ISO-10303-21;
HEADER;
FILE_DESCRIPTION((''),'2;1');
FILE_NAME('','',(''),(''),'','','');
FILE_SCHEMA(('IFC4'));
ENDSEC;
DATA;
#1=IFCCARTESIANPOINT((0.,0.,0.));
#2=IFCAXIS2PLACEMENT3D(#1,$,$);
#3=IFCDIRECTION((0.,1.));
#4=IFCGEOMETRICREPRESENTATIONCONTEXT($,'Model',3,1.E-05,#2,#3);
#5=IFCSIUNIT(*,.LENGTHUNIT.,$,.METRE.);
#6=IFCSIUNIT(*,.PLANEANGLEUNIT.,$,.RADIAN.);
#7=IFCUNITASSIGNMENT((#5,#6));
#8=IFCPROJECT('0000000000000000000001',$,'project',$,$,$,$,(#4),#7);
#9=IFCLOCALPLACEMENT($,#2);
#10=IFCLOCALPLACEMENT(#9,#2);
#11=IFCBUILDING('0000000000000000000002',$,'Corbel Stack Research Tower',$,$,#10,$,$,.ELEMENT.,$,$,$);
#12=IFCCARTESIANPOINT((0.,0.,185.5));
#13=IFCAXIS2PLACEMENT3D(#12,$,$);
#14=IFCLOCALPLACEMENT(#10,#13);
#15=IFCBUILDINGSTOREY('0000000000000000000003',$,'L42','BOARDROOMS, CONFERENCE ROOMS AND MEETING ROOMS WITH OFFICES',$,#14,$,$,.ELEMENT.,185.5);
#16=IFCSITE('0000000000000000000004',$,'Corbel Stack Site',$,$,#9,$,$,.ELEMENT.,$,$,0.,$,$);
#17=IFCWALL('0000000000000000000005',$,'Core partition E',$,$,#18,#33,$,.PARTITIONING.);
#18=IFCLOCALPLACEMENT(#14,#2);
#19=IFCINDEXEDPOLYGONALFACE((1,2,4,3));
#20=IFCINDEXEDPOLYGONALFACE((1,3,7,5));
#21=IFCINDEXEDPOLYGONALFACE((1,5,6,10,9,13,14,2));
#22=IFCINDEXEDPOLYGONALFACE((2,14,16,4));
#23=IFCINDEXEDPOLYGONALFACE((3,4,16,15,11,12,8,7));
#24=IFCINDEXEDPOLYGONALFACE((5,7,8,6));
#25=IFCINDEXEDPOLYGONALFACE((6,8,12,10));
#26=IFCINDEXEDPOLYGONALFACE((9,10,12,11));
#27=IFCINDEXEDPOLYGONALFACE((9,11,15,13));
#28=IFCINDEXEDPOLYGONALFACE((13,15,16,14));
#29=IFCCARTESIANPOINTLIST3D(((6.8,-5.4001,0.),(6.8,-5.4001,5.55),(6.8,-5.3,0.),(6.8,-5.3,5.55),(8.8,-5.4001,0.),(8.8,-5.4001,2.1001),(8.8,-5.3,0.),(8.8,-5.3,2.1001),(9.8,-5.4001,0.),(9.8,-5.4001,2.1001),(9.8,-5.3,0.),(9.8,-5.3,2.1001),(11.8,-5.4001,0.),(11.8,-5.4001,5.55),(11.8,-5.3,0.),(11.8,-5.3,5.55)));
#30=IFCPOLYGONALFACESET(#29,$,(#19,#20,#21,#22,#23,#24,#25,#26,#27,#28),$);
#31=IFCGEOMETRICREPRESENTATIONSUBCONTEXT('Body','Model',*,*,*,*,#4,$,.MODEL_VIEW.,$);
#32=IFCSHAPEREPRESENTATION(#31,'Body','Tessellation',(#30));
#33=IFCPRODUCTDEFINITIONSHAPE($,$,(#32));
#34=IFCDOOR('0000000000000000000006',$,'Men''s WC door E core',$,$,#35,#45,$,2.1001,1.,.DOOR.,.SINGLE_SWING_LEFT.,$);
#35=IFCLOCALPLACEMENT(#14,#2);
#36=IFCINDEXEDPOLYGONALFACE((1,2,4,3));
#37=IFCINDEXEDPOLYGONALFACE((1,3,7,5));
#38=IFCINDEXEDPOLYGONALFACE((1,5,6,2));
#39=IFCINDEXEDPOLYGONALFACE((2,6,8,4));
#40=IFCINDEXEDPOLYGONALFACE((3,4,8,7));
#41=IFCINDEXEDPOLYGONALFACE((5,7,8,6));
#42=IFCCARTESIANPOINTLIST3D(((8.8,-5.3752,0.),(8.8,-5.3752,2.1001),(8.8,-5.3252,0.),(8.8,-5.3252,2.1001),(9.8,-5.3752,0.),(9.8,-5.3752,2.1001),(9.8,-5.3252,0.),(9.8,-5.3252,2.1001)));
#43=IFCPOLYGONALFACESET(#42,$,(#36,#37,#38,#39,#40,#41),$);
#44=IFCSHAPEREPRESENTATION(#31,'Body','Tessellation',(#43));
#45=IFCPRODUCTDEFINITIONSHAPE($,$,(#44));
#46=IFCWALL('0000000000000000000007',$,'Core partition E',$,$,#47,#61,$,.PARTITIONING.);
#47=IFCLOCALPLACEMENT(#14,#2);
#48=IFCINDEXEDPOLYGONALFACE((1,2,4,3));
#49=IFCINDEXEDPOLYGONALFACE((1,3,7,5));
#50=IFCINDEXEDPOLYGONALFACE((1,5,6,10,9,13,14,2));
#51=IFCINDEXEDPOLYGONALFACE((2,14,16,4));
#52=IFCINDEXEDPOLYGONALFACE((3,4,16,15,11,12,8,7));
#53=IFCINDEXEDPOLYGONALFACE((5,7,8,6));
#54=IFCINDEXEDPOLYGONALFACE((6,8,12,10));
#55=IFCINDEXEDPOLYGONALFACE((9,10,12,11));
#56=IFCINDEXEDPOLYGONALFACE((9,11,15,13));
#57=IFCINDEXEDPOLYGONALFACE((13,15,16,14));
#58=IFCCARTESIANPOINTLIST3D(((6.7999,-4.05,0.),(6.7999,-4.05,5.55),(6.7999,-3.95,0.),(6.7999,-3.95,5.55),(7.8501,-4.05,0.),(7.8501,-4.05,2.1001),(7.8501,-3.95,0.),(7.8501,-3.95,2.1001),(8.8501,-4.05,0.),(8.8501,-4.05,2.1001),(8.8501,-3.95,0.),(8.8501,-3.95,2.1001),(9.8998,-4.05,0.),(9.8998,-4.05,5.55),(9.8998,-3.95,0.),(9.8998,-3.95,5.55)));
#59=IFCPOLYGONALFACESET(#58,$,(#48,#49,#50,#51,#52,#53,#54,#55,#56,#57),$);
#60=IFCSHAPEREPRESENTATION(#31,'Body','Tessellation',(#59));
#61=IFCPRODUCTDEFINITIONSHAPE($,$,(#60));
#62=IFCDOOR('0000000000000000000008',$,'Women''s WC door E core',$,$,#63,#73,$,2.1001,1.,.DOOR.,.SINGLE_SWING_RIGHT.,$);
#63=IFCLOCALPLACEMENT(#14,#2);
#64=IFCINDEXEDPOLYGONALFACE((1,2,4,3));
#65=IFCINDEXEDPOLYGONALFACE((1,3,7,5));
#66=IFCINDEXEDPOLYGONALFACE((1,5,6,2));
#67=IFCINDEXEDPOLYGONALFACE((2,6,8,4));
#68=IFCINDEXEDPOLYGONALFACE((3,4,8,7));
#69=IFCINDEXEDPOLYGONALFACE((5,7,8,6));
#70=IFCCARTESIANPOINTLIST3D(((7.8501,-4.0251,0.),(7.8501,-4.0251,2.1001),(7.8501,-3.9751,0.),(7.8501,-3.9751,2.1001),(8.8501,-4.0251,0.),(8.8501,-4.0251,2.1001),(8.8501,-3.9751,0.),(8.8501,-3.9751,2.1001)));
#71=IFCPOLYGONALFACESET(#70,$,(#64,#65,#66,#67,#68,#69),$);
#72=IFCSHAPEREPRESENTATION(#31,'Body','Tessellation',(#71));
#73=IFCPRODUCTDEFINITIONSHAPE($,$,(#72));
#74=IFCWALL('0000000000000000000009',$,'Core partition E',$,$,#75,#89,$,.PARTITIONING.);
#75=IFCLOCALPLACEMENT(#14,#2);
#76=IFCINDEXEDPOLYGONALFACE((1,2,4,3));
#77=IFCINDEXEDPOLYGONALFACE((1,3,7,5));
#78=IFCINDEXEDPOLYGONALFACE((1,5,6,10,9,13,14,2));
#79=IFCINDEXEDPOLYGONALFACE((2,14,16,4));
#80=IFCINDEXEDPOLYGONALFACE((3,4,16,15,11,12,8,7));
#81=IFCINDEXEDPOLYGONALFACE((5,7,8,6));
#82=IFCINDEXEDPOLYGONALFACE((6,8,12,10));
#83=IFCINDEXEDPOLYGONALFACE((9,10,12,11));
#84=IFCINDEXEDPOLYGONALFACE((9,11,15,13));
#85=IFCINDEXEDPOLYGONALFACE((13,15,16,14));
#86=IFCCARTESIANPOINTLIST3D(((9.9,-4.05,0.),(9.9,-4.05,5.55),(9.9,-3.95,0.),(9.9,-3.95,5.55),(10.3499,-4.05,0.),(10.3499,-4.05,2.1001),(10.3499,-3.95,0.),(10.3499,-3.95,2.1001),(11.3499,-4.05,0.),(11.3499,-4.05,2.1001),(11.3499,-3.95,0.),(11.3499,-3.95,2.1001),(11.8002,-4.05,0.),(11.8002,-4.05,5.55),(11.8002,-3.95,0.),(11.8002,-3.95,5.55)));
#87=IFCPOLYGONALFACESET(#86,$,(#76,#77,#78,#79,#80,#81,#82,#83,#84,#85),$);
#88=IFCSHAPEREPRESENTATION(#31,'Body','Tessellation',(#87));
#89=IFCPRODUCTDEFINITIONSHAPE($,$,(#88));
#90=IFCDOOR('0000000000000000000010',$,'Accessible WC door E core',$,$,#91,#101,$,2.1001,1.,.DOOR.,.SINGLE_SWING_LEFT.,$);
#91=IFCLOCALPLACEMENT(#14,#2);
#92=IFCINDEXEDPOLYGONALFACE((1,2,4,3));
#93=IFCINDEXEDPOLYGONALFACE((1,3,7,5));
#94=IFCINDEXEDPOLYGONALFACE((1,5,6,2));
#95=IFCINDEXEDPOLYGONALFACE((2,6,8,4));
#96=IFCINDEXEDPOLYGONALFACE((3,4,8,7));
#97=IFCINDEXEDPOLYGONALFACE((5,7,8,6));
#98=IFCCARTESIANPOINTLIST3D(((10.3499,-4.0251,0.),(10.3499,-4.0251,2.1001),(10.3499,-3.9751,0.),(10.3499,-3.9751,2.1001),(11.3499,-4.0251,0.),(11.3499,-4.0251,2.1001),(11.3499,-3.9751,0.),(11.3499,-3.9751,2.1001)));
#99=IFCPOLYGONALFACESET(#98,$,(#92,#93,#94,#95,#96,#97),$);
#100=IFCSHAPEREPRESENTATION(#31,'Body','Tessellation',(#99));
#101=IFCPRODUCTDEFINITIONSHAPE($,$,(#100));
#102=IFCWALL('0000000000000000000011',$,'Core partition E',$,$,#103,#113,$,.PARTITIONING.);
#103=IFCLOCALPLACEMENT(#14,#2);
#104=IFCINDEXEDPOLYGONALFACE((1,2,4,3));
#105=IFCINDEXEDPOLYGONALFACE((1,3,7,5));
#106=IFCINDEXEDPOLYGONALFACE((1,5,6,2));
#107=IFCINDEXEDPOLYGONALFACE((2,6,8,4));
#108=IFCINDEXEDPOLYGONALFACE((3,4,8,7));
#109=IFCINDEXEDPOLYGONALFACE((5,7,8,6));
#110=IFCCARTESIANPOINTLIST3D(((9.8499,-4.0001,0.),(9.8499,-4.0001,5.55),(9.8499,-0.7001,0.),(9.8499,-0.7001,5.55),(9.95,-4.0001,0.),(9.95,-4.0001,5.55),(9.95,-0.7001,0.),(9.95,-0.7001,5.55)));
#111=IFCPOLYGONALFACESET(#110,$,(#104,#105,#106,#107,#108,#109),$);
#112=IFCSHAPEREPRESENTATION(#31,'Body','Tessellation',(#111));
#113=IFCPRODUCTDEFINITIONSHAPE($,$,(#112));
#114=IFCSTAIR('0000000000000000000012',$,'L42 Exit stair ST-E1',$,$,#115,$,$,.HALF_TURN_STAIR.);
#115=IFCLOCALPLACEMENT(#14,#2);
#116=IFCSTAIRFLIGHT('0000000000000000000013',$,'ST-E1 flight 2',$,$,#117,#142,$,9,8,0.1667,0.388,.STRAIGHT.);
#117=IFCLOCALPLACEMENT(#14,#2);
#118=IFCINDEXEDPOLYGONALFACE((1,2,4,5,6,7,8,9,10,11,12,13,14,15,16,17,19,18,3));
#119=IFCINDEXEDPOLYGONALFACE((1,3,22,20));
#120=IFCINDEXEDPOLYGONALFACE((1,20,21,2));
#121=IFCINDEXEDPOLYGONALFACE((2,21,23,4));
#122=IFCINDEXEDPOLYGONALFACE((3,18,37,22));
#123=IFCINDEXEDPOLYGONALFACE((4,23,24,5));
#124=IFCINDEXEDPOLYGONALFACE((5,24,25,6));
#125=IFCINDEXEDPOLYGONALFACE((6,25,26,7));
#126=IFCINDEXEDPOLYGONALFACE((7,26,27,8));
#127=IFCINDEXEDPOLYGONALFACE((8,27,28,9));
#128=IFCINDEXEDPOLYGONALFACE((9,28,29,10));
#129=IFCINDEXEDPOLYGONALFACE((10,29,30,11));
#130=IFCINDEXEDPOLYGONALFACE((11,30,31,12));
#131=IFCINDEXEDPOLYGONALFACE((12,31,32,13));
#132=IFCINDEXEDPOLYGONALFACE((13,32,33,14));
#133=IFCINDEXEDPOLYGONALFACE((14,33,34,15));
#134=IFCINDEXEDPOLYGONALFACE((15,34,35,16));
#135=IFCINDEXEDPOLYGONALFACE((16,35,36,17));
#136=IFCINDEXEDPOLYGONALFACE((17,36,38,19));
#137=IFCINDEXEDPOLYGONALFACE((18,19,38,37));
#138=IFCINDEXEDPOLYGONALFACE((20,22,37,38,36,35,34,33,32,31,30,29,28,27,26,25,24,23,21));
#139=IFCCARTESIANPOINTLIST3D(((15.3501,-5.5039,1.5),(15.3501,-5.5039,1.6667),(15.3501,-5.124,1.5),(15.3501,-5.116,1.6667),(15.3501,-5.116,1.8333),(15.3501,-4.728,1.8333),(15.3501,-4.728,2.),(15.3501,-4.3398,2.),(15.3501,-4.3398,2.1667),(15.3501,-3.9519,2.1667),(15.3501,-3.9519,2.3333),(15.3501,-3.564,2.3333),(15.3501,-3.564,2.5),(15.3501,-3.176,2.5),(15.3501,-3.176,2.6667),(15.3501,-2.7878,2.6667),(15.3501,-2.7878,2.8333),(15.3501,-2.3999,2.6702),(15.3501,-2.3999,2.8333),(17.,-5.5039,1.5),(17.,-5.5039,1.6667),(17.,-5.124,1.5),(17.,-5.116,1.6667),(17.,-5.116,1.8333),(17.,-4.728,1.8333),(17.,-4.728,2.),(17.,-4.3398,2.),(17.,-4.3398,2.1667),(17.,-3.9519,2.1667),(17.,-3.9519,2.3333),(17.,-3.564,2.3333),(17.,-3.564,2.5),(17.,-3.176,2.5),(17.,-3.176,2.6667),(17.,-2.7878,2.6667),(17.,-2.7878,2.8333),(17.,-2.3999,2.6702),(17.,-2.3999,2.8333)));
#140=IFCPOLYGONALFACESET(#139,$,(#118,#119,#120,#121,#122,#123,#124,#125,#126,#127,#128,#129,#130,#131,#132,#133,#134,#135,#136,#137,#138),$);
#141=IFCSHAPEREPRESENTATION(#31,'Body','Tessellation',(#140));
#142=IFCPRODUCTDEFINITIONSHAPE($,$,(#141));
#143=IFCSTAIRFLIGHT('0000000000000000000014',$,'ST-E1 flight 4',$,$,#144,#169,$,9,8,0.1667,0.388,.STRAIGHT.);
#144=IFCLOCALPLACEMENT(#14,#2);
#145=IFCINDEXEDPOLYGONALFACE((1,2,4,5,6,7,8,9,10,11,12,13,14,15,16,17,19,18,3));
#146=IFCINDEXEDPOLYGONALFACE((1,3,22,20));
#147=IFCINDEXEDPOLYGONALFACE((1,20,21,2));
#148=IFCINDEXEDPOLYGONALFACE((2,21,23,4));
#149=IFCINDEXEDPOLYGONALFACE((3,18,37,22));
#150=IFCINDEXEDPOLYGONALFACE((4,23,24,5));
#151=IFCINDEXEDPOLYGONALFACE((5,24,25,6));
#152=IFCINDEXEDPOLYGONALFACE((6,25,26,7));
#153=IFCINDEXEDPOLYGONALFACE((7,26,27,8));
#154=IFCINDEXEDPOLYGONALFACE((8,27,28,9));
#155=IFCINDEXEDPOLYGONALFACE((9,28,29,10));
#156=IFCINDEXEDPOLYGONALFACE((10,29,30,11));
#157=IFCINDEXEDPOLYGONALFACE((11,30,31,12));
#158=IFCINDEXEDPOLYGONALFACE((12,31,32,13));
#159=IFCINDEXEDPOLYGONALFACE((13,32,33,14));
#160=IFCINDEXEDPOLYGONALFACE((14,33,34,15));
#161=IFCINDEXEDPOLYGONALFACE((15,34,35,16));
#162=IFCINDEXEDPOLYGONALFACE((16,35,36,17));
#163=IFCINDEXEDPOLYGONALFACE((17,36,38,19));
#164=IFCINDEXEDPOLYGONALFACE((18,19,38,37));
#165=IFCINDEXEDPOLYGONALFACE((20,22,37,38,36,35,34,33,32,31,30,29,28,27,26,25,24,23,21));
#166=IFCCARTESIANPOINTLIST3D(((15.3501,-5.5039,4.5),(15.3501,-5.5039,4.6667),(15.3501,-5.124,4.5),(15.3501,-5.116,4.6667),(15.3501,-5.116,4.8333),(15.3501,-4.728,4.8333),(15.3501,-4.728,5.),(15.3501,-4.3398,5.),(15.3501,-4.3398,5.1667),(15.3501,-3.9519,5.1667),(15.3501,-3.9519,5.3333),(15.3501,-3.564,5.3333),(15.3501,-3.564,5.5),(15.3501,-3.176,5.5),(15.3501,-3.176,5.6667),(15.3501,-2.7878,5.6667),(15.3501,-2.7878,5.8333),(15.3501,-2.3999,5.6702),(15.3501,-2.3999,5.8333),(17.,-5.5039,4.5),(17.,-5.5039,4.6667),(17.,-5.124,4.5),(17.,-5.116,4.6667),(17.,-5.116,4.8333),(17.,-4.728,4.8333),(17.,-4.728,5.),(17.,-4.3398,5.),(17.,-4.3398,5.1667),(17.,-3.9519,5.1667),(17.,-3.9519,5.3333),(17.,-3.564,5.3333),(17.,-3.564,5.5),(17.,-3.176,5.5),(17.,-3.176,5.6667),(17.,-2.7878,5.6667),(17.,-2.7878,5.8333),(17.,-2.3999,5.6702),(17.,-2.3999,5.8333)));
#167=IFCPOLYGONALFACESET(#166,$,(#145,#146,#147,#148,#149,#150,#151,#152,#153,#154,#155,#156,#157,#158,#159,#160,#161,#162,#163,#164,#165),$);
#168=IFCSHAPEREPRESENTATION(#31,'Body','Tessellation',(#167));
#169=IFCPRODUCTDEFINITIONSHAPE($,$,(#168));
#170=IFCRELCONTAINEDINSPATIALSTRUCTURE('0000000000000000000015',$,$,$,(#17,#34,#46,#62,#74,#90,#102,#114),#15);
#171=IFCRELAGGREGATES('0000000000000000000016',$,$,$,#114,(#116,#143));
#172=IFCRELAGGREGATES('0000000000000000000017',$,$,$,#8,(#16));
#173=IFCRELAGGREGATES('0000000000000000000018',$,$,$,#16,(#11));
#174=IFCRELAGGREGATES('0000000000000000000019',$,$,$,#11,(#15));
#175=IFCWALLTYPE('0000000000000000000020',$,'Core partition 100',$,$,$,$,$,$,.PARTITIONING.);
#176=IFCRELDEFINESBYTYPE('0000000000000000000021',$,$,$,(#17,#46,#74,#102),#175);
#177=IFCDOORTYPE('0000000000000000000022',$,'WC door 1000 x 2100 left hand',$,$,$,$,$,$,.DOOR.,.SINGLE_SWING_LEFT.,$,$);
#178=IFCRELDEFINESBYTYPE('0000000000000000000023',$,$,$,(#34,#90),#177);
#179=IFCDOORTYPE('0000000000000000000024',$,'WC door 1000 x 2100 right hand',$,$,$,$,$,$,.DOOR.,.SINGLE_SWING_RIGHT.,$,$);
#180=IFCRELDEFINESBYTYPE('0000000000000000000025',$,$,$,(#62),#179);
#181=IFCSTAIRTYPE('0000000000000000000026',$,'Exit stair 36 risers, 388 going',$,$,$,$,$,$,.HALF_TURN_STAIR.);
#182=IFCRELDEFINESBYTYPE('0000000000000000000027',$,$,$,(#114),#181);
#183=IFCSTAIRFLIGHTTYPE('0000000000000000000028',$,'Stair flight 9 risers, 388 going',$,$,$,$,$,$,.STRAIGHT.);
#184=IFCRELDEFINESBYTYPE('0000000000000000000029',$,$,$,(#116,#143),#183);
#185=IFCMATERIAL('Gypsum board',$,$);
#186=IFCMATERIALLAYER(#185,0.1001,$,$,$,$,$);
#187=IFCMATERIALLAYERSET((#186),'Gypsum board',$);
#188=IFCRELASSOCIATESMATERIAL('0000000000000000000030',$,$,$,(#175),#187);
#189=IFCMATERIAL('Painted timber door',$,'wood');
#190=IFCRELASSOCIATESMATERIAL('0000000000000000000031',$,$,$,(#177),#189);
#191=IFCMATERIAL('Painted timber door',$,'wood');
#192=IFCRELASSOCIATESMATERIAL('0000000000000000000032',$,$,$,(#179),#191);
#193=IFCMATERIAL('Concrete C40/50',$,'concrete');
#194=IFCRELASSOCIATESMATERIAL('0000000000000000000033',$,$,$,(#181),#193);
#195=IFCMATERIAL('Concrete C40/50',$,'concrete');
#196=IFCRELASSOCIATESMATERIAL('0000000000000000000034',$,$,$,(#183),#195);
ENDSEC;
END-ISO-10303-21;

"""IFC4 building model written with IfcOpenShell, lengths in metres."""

from ifc_helpers import new_model, si_unit, direction, frame, frame_2d, origin, place, context, subcontext, project, spatial, polyline, rectangle, outline, extrude, material, layer, layer_set, type_object, element, fill, aggregate, save


model = new_model("IFC4")

# Units and contexts
model_context = context("Model", 3, precision=1e-05, world=origin(), true_north=direction((0.0, 1.0)))
body_context = subcontext(model_context, "Body", "Model", "MODEL_VIEW")
ifc_project = project(units=[si_unit("LENGTHUNIT", "METRE"), si_unit("PLANEANGLEUNIT", "RADIAN")], contexts=[model_context])

# Site, building, storey
site_placement = place(None, origin())
site = spatial("IfcSite", under=ifc_project, at=site_placement, Name="Corbel Stack Site", CompositionType="ELEMENT", RefElevation=0.0)
building_placement = place(site_placement, origin())
building = spatial("IfcBuilding", under=site, at=building_placement, Name="Corbel Stack Research Tower", CompositionType="ELEMENT")
storey_placement = place(building_placement, frame((0.0, 0.0, 185.5)))
storey = spatial("IfcBuildingStorey", under=building, at=storey_placement, Name="L42", Description="BOARDROOMS, CONFERENCE ROOMS AND MEETING ROOMS WITH OFFICES", CompositionType="ELEMENT", Elevation=185.5)

# Walls, openings, doors
ifc_material_1 = material(Name="Gypsum board")
ifc_layer = layer(ifc_material_1, 0.1001)
ifc_layer_set = layer_set([ifc_layer], Name="Gypsum board")
wall_type = type_object("IfcWallType", Name="Core partition 100", PredefinedType="PARTITIONING", material=ifc_layer_set)
wall_1_placement = place(storey_placement, frame((6.8, -5.3501, 0.0), z_axis=(0.0, 0.0, 1.0), x_axis=(1.0, 0.0, 0.0)))
wall_1 = element("IfcWall", 1, at=wall_1_placement, inside=storey, type_object=wall_type, Name="Core partition E", PredefinedType="PARTITIONING", context=body_context, shape_type="SweptSolid", body=[
    extrude(rectangle(XDim=5.0, YDim=0.1001, at=frame_2d((2.5, 0.0))), origin(), (0.0, 0.0, 1.0), 5.55),
])
opening_1_placement = place(wall_1_placement, frame((2.0, 0.0, 0.0)))
opening_1 = element("IfcOpeningElement", 2, at=opening_1_placement, cuts=wall_1, PredefinedType="OPENING", context=body_context, shape_type="SweptSolid", body=[
    extrude(rectangle(XDim=1.0, YDim=2.1001, at=frame_2d((0.5, 1.05))), frame((0.0, 0.0601, 0.0), z_axis=(0.0, -1.0, 0.0), x_axis=(1.0, 0.0, 0.0)), (0.0, 0.0, 1.0), 0.1201),
])
ifc_material_2 = material(Name="Painted timber door", Category="wood")
door_type_1 = type_object("IfcDoorType", Name="WC door 1000 x 2100 left hand", OperationType="SINGLE_SWING_LEFT", PredefinedType="DOOR", material=ifc_material_2)
door_1_placement = place(opening_1_placement, origin())
door_1 = element("IfcDoor", 3, at=door_1_placement, inside=storey, type_object=door_type_1, Name="Men's WC door E core", OperationType="SINGLE_SWING_LEFT", OverallHeight=2.1001, OverallWidth=1.0, PredefinedType="DOOR", context=body_context, shape_type="SweptSolid", body=[
    extrude(rectangle(XDim=1.0, YDim=2.1001, at=frame_2d((0.5, 1.05))), frame((0.0, 0.0249, 0.0), z_axis=(0.0, -1.0, 0.0), x_axis=(1.0, 0.0, 0.0)), (0.0, 0.0, 1.0), 0.05),
])
fill(opening_1, door_1)
wall_2_placement = place(storey_placement, frame((6.8, -4.0, 0.0), z_axis=(0.0, 0.0, 1.0), x_axis=(1.0, 0.0, 0.0)))
wall_2 = element("IfcWall", 4, at=wall_2_placement, inside=storey, type_object=wall_type, Name="Core partition E", PredefinedType="PARTITIONING", context=body_context, shape_type="SweptSolid", body=[
    extrude(rectangle(XDim=3.0999, YDim=0.1001, at=frame_2d((1.5498, 0.0))), origin(), (0.0, 0.0, 1.0), 5.55),
])
opening_2_placement = place(wall_2_placement, frame((1.05, 0.0, 0.0)))
opening_2 = element("IfcOpeningElement", 5, at=opening_2_placement, cuts=wall_2, PredefinedType="OPENING", context=body_context, shape_type="SweptSolid", body=[
    extrude(rectangle(XDim=1.0, YDim=2.1001, at=frame_2d((0.5, 1.05))), frame((0.0, 0.0601, 0.0), z_axis=(0.0, -1.0, 0.0), x_axis=(1.0, 0.0, 0.0)), (0.0, 0.0, 1.0), 0.1201),
])
ifc_material_3 = material(Name="Painted timber door", Category="wood")
door_type_2 = type_object("IfcDoorType", Name="WC door 1000 x 2100 right hand", OperationType="SINGLE_SWING_RIGHT", PredefinedType="DOOR", material=ifc_material_3)
door_2_placement = place(opening_2_placement, origin())
door_2 = element("IfcDoor", 6, at=door_2_placement, inside=storey, type_object=door_type_2, Name="Women's WC door E core", OperationType="SINGLE_SWING_RIGHT", OverallHeight=2.1001, OverallWidth=1.0, PredefinedType="DOOR", context=body_context, shape_type="SweptSolid", body=[
    extrude(rectangle(XDim=1.0, YDim=2.1001, at=frame_2d((0.5, 1.05))), frame((0.0, 0.0249, 0.0), z_axis=(0.0, -1.0, 0.0), x_axis=(1.0, 0.0, 0.0)), (0.0, 0.0, 1.0), 0.05),
])
fill(opening_2, door_2)
wall_3_placement = place(storey_placement, frame((9.8999, -4.0, 0.0), z_axis=(0.0, 0.0, 1.0), x_axis=(1.0, 0.0, 0.0)))
wall_3 = element("IfcWall", 7, at=wall_3_placement, inside=storey, type_object=wall_type, Name="Core partition E", PredefinedType="PARTITIONING", context=body_context, shape_type="SweptSolid", body=[
    extrude(rectangle(XDim=1.9001, YDim=0.1001, at=frame_2d((0.9502, 0.0))), origin(), (0.0, 0.0, 1.0), 5.55),
])
opening_3_placement = place(wall_3_placement, frame((0.45, 0.0, 0.0)))
opening_3 = element("IfcOpeningElement", 8, at=opening_3_placement, cuts=wall_3, PredefinedType="OPENING", context=body_context, shape_type="SweptSolid", body=[
    extrude(rectangle(XDim=1.0, YDim=2.1001, at=frame_2d((0.5, 1.05))), frame((0.0, 0.0601, 0.0), z_axis=(0.0, -1.0, 0.0), x_axis=(1.0, 0.0, 0.0)), (0.0, 0.0, 1.0), 0.1201),
])
door_3_placement = place(opening_3_placement, origin())
door_3 = element("IfcDoor", 9, at=door_3_placement, inside=storey, type_object=door_type_1, Name="Accessible WC door E core", OperationType="SINGLE_SWING_LEFT", OverallHeight=2.1001, OverallWidth=1.0, PredefinedType="DOOR", context=body_context, shape_type="SweptSolid", body=[
    extrude(rectangle(XDim=1.0, YDim=2.1001, at=frame_2d((0.5, 1.05))), frame((0.0, 0.0249, 0.0), z_axis=(0.0, -1.0, 0.0), x_axis=(1.0, 0.0, 0.0)), (0.0, 0.0, 1.0), 0.05),
])
fill(opening_3, door_3)

# Wall
wall_4_placement = place(storey_placement, frame((9.8999, -4.0, 0.0), z_axis=(0.0, 0.0, 1.0), x_axis=(0.0, 1.0, 0.0)))
element("IfcWall", 10, at=wall_4_placement, inside=storey, type_object=wall_type, Name="Core partition E", PredefinedType="PARTITIONING", context=body_context, shape_type="SweptSolid", body=[
    extrude(rectangle(XDim=3.3, YDim=0.1001, at=frame_2d((1.6499, 0.0))), origin(), (0.0, 0.0, 1.0), 5.55),
])

# Stair, stair flights
ifc_material_4 = material(Name="Concrete C40/50", Category="concrete")
stair_type = type_object("IfcStairType", Name="Exit stair 36 risers, 388 going", PredefinedType="HALF_TURN_STAIR", material=ifc_material_4)
stair_placement = place(storey_placement, origin())
stair = element("IfcStair", 11, at=stair_placement, inside=storey, type_object=stair_type, Name="L42 Exit stair ST-E1", PredefinedType="HALF_TURN_STAIR")
ifc_material_5 = material(Name="Concrete C40/50", Category="concrete")
stair_flight_type = type_object("IfcStairFlightType", Name="Stair flight 9 risers, 388 going", PredefinedType="STRAIGHT", material=ifc_material_5)
stair_flight_1_placement = place(storey_placement, frame((16.175, -5.5039, 1.5), z_axis=(0.0, 0.0, 1.0), x_axis=(0.0, 1.0, 0.0)))
stair_flight_1 = element("IfcStairFlight", 12, at=stair_flight_1_placement, type_object=stair_flight_type, Name="ST-E1 flight 2", NumberOfRisers=9, NumberOfTreads=8, PredefinedType="STRAIGHT", RiserHeight=0.1667, TreadLength=0.388, context=body_context, shape_type="SweptSolid", body=[
    extrude(outline(polyline([(0.0, 0.0), (0.0, 0.1667), (0.3879, 0.1667), (0.3879, 0.3333), (0.7759, 0.3333), (0.7759, 0.5), (1.1641, 0.5), (1.1641, 0.6667), (1.552, 0.6667), (1.552, 0.8333), (1.9399, 0.8333), (1.9399, 1.0), (2.3279, 1.0), (2.3279, 1.1667), (2.7161, 1.1667), (2.7161, 1.3333), (3.104, 1.3333), (3.104, 1.5), (3.104, 1.1702), (0.3799, 0.0), (0.0, 0.0)])), frame((0.0, 0.825, 0.0), z_axis=(0.0, -1.0, 0.0), x_axis=(1.0, 0.0, 0.0)), (0.0, 0.0, 1.0), 1.6499),
])
stair_flight_2_placement = place(storey_placement, frame((16.175, -5.5039, 4.5), z_axis=(0.0, 0.0, 1.0), x_axis=(0.0, 1.0, 0.0)))
stair_flight_2 = element("IfcStairFlight", 13, at=stair_flight_2_placement, type_object=stair_flight_type, Name="ST-E1 flight 4", NumberOfRisers=9, NumberOfTreads=8, PredefinedType="STRAIGHT", RiserHeight=0.1667, TreadLength=0.388, context=body_context, shape_type="SweptSolid", body=[
    extrude(outline(polyline([(0.0, 0.0), (0.0, 0.1667), (0.3879, 0.1667), (0.3879, 0.3333), (0.7759, 0.3333), (0.7759, 0.5), (1.1641, 0.5), (1.1641, 0.6667), (1.552, 0.6667), (1.552, 0.8333), (1.9399, 0.8333), (1.9399, 1.0), (2.3279, 1.0), (2.3279, 1.1667), (2.7161, 1.1667), (2.7161, 1.3333), (3.104, 1.3333), (3.104, 1.5), (3.104, 1.1702), (0.3799, 0.0), (0.0, 0.0)])), frame((0.0, 0.825, 0.0), z_axis=(0.0, -1.0, 0.0), x_axis=(1.0, 0.0, 0.0)), (0.0, 0.0, 1.0), 1.6499),
])
aggregate(stair, [stair_flight_1, stair_flight_2])

save(model, "model.ifc")
